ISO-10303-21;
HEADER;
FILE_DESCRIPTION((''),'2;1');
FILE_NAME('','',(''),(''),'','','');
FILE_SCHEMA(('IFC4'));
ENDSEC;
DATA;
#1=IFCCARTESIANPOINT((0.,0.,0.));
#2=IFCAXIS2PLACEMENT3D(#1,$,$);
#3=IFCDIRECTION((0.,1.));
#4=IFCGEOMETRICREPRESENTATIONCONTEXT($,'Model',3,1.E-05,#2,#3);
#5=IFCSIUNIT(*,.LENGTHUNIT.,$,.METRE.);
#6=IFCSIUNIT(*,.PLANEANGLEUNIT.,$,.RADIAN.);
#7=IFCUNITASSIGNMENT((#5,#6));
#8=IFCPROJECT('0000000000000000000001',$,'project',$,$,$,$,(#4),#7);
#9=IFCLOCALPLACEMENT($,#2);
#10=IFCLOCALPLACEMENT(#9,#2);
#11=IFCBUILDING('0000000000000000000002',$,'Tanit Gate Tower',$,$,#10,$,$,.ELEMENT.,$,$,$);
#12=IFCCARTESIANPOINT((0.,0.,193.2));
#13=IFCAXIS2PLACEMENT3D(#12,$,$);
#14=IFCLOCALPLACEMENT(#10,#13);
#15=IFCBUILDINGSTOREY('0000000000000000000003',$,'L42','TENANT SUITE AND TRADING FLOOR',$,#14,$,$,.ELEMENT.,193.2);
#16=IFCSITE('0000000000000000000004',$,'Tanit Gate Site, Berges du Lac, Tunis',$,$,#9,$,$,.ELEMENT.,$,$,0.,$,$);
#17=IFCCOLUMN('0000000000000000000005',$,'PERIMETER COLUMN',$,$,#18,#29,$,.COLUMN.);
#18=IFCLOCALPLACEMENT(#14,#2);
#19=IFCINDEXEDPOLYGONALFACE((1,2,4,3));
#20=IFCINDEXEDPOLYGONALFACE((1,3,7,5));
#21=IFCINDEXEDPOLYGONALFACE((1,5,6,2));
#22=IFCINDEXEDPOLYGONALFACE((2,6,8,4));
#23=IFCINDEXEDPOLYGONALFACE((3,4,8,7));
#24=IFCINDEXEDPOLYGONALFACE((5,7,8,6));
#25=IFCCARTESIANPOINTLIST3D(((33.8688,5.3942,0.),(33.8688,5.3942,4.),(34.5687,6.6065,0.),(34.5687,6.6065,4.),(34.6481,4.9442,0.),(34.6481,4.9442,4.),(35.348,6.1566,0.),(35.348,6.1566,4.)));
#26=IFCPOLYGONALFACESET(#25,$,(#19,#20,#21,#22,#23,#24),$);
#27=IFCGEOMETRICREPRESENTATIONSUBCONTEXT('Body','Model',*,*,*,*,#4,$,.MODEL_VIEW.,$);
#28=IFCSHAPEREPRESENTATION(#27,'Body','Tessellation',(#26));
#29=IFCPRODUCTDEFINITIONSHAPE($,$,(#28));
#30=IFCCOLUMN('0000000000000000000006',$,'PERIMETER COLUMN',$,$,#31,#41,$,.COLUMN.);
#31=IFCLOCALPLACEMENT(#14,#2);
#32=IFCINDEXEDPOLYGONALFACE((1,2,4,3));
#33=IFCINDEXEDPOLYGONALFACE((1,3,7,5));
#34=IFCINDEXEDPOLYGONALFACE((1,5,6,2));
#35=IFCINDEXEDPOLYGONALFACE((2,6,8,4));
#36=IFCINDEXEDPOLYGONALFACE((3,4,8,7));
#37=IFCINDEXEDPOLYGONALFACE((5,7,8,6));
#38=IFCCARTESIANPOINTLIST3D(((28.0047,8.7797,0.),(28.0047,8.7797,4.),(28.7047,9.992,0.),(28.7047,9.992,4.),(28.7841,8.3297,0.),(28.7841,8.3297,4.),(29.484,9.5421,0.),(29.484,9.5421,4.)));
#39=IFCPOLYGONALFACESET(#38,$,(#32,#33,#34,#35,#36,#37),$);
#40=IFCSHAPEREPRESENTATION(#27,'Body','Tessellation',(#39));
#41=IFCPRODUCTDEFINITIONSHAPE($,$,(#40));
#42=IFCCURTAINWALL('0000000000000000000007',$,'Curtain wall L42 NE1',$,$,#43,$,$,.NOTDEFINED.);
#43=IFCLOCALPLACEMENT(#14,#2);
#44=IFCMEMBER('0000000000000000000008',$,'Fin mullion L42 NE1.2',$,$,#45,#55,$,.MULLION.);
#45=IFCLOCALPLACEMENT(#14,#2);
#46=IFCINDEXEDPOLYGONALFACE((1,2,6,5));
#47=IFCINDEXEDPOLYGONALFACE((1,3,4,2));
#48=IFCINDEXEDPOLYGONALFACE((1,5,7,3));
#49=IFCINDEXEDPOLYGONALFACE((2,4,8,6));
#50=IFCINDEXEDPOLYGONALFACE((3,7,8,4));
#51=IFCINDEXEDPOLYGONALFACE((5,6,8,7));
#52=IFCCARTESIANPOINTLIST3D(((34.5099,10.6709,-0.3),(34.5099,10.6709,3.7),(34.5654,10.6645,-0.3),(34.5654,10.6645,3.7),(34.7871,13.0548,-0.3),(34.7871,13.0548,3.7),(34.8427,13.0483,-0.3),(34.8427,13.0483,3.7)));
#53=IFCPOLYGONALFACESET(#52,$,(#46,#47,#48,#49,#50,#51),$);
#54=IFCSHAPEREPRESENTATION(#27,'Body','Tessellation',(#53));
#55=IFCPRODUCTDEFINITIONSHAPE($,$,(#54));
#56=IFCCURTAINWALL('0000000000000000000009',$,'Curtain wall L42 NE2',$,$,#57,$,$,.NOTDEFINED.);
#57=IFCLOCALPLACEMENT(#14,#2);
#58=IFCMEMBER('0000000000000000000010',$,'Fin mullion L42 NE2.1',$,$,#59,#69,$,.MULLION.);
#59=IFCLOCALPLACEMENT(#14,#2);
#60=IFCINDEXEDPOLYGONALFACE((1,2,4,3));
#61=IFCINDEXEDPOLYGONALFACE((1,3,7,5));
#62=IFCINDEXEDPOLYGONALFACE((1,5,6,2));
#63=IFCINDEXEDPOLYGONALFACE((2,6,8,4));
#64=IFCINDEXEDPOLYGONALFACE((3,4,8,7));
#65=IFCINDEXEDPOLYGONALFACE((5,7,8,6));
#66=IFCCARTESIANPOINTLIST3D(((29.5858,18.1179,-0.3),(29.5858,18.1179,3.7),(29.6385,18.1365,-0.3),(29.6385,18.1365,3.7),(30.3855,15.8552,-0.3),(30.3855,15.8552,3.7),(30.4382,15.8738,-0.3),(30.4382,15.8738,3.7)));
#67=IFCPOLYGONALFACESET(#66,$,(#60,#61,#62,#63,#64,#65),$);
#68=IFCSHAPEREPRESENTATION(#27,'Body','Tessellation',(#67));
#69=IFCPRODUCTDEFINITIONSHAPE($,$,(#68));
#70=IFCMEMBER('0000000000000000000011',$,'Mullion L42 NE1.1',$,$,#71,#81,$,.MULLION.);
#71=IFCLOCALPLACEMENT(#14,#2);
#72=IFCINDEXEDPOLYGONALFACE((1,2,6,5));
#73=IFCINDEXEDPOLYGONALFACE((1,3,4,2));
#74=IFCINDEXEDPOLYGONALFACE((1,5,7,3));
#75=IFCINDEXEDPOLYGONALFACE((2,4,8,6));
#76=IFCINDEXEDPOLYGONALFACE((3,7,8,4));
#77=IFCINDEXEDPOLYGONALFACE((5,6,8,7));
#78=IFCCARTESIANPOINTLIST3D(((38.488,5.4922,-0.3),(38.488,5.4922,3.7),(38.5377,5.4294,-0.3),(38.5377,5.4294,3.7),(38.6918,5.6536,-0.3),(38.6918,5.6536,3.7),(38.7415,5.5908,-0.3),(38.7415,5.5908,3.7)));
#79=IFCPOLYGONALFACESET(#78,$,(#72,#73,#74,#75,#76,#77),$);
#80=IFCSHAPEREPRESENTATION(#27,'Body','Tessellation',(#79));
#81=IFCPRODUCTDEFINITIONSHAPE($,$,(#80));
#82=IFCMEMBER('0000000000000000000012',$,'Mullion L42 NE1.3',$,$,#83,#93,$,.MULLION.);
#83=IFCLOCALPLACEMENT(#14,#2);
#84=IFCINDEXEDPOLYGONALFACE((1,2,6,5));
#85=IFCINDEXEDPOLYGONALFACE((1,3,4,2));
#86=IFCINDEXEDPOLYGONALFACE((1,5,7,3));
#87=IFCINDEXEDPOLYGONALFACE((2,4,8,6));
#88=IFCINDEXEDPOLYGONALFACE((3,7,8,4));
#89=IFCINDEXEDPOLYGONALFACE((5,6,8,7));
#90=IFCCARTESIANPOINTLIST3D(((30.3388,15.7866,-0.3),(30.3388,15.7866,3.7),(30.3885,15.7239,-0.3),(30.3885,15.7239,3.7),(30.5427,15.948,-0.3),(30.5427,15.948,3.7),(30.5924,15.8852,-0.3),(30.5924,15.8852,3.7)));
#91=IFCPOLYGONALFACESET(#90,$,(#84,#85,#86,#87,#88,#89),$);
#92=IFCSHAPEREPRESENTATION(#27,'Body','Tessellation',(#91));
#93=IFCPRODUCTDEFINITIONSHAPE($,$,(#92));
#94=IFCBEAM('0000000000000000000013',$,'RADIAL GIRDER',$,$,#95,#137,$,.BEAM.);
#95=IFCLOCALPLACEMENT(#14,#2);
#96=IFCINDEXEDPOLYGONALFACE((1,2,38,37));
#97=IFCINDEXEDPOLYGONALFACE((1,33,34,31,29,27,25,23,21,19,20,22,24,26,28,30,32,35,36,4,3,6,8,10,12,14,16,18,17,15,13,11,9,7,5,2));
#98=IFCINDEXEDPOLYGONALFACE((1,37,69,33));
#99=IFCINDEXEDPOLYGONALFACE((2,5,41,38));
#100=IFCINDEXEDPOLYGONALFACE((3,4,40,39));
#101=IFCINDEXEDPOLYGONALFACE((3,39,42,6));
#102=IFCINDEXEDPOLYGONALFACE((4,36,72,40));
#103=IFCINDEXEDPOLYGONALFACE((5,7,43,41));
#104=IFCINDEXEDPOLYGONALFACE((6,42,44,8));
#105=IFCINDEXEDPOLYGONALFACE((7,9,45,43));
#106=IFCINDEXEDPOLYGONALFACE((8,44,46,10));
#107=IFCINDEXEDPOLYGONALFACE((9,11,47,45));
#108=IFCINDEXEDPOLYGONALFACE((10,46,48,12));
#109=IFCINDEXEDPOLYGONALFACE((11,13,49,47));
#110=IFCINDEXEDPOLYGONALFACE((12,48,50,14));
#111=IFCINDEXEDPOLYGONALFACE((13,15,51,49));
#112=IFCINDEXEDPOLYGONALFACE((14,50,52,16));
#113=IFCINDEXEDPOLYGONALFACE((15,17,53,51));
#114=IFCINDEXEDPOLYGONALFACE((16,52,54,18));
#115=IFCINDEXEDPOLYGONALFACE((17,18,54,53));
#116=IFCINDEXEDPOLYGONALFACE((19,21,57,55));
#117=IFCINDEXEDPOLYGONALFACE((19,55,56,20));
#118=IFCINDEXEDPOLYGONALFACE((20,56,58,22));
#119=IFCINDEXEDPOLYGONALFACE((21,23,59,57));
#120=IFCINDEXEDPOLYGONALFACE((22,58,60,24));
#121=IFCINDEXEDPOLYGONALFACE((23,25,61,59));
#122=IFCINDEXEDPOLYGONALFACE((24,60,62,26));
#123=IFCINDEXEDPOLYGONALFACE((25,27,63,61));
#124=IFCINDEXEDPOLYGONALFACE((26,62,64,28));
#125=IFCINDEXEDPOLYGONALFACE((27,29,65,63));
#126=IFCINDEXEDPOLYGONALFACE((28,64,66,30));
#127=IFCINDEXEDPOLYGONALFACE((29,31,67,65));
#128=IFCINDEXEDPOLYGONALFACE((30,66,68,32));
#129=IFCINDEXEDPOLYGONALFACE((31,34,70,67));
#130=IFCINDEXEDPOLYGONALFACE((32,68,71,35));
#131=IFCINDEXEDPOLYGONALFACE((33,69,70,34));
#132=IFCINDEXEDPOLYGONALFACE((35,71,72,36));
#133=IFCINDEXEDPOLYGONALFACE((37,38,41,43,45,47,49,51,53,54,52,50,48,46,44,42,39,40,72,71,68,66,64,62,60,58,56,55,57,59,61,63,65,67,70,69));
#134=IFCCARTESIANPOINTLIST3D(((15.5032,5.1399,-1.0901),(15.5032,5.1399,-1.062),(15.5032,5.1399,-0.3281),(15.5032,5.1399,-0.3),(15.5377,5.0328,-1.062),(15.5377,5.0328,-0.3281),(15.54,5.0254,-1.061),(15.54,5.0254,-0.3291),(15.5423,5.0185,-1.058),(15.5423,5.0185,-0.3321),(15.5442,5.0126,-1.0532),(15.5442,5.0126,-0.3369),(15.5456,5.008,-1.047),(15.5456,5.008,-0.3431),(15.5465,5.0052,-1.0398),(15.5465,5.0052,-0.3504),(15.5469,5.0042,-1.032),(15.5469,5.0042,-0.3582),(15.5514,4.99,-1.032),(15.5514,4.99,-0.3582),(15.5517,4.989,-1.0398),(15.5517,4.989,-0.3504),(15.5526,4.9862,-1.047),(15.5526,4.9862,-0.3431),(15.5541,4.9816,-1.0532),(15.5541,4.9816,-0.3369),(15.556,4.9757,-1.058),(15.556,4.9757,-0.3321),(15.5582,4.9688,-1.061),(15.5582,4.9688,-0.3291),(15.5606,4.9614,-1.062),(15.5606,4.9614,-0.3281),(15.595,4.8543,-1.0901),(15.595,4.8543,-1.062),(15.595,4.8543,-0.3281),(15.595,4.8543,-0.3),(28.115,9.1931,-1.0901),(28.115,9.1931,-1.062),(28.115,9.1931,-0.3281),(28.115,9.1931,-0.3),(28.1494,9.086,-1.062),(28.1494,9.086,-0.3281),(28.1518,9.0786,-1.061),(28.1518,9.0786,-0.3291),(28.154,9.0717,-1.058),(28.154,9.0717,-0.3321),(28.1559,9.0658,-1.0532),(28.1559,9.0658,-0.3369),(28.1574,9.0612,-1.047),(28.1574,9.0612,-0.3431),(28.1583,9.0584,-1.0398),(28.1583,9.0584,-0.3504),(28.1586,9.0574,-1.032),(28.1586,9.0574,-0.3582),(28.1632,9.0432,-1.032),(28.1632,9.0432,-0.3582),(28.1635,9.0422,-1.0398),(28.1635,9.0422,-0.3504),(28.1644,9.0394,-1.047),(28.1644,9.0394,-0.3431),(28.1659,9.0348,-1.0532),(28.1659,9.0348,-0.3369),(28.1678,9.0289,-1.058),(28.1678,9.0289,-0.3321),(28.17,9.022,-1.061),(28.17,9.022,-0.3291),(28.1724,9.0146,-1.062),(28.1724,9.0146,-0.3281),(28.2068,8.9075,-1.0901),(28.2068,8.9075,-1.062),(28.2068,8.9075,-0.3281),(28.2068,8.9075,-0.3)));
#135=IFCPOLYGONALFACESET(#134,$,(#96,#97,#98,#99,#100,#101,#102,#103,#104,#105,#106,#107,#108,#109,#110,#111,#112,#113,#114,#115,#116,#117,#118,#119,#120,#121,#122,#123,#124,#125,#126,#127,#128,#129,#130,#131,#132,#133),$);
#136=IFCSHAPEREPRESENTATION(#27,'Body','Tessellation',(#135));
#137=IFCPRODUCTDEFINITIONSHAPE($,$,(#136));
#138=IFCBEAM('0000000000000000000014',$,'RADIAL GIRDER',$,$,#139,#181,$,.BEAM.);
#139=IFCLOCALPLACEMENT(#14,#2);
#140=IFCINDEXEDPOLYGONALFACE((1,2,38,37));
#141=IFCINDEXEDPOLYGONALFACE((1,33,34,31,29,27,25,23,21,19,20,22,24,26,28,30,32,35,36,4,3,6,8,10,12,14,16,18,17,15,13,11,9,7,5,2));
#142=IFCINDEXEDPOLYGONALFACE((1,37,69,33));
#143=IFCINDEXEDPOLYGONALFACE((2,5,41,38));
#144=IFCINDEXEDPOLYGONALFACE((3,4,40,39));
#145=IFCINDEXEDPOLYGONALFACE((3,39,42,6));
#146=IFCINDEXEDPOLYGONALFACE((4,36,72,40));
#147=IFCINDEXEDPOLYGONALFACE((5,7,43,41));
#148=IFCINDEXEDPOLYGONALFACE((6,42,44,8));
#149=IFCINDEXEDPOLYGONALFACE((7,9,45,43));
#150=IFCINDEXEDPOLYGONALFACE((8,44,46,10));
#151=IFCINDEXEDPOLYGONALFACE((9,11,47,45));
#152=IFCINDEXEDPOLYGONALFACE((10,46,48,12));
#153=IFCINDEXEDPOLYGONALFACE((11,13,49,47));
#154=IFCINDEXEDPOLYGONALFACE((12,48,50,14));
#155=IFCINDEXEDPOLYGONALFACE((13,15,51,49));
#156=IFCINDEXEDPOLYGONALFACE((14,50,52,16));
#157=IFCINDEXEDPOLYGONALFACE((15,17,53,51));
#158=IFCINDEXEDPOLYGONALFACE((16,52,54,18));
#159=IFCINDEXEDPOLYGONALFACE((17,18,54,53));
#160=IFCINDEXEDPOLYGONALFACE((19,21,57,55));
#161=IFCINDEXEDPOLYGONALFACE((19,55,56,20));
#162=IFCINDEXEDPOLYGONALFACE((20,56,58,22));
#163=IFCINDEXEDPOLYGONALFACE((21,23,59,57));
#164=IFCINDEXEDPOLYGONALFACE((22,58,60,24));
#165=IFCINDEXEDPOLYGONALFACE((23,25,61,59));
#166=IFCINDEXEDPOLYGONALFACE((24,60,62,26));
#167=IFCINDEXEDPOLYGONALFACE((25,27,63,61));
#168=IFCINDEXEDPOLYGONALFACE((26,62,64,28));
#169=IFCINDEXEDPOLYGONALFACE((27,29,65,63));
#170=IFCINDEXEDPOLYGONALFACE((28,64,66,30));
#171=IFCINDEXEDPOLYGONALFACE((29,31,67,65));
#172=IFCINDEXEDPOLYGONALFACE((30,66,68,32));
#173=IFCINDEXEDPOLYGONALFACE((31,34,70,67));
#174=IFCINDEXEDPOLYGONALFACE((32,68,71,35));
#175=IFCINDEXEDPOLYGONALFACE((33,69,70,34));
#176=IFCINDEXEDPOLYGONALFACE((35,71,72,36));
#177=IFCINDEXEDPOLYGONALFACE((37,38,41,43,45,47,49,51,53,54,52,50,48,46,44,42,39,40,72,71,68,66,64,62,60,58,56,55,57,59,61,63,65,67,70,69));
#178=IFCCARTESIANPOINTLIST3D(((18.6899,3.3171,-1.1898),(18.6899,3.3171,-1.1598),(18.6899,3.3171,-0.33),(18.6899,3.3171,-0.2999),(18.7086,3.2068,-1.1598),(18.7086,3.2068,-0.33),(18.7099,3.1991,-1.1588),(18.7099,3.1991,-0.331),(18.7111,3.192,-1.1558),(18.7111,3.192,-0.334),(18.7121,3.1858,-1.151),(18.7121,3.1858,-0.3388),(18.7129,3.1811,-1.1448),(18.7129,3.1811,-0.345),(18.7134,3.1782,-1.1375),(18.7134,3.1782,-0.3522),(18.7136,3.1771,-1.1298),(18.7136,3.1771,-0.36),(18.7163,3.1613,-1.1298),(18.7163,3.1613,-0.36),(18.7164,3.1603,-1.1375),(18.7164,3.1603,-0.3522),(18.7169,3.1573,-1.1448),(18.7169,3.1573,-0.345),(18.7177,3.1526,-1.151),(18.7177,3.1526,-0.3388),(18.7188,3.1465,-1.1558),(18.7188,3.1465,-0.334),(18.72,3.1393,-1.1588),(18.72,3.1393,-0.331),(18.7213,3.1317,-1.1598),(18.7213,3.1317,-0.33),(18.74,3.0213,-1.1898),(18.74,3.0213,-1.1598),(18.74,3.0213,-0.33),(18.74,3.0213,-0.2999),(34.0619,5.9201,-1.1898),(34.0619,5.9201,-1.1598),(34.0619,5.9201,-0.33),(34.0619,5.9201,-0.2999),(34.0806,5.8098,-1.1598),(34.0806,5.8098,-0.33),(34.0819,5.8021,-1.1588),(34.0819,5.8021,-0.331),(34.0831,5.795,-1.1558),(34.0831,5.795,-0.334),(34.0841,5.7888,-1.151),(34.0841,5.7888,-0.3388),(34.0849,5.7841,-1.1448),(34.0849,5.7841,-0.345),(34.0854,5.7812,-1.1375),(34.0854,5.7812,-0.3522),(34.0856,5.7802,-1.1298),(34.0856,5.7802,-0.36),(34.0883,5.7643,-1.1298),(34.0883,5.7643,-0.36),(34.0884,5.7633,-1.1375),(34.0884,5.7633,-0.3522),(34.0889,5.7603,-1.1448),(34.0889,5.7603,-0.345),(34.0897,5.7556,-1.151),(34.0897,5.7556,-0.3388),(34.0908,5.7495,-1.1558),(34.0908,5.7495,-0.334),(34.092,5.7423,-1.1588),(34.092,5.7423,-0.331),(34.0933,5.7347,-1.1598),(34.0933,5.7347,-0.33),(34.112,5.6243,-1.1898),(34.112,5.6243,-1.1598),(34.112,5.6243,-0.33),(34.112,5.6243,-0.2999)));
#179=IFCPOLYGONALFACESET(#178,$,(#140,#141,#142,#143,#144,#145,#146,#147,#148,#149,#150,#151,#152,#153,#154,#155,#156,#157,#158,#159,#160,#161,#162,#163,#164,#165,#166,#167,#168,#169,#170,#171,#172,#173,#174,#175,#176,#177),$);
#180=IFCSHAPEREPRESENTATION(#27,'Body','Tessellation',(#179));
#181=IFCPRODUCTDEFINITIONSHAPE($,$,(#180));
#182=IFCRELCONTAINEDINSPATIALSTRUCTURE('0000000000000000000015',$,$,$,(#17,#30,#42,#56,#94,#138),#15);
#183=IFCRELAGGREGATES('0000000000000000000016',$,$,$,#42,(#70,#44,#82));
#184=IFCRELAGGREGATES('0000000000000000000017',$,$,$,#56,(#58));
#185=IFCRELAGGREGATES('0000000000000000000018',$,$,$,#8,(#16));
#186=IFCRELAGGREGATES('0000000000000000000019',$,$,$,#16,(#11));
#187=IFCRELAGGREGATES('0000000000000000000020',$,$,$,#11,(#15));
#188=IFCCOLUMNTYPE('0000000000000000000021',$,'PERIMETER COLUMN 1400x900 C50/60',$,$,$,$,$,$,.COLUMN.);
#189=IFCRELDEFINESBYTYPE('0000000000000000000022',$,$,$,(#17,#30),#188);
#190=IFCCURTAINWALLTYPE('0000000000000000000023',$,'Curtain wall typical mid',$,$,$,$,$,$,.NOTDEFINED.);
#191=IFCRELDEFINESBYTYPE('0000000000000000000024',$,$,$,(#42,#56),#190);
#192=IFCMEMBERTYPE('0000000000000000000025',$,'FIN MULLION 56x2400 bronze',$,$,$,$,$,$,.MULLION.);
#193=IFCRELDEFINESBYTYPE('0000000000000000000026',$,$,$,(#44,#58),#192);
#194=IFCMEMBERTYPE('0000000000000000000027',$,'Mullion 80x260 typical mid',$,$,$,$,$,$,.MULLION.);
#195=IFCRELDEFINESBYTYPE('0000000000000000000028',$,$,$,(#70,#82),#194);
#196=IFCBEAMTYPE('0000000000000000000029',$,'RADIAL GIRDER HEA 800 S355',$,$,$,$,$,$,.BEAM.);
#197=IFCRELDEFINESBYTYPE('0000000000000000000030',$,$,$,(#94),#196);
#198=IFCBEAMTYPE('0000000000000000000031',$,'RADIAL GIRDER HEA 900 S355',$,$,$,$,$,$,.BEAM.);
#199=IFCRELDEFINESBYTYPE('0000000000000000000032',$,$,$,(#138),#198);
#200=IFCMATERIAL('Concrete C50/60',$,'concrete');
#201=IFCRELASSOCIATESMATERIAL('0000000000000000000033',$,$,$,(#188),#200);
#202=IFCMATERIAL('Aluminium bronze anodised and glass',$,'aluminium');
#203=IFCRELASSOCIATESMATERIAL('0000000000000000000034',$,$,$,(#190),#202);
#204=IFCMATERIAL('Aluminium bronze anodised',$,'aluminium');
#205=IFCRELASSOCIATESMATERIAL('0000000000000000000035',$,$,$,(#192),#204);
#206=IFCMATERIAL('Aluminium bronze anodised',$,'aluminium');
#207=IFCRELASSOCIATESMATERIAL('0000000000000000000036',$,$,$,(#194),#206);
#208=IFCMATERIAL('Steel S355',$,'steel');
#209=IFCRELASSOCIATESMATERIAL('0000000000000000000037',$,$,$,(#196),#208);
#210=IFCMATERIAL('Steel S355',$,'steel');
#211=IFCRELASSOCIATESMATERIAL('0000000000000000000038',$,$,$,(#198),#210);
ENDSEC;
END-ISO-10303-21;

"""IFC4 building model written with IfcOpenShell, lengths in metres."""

from ifc_helpers import new_model, si_unit, direction, frame, origin, origin_2d, place, context, subcontext, project, spatial, rectangle, i_section, extrude, material, material_profile, profile_set, type_object, element, aggregate, save


model = new_model("IFC4")

# Units and contexts
model_context = context("Model", 3, precision=1e-05, world=origin(), true_north=direction((0.0, 1.0)))
body_context = subcontext(model_context, "Body", "Model", "MODEL_VIEW")
ifc_project = project(units=[si_unit("LENGTHUNIT", "METRE"), si_unit("PLANEANGLEUNIT", "RADIAN")], contexts=[model_context])

# Site, building, storey
site_placement = place(None, origin())
site = spatial("IfcSite", under=ifc_project, at=site_placement, Name="Tanit Gate Site, Berges du Lac, Tunis", CompositionType="ELEMENT", RefElevation=0.0)
building_placement = place(site_placement, origin())
building = spatial("IfcBuilding", under=site, at=building_placement, Name="Tanit Gate Tower", CompositionType="ELEMENT")
storey_placement = place(building_placement, frame((0.0, 0.0, 193.2)))
storey = spatial("IfcBuildingStorey", under=building, at=storey_placement, Name="L42", Description="TENANT SUITE AND TRADING FLOOR", CompositionType="ELEMENT", Elevation=193.2)

# Columns
ifc_material_1 = material(Name="Concrete C50/60", Category="concrete")
ifc_material_profile_1 = material_profile(ifc_material_1, rectangle(XDim=1.3999, YDim=0.8999, at=origin_2d()), Name="RC 1400x900")
ifc_profile_set_1 = profile_set([ifc_material_profile_1], Name="Concrete C50/60")
column_type = type_object("IfcColumnType", Name="PERIMETER COLUMN 1400x900 C50/60", PredefinedType="COLUMN", material=ifc_profile_set_1)
for number, where, z_axis, x_axis, name in (
    (1, (34.6084, 5.7754, 0.0), (0.0, 0.0, 1.0), (0.5, 0.866025, 0.0), "PERIMETER COLUMN"),
    (2, (28.7444, 9.1609, 0.0), (0.0, 0.0, 1.0), (0.5, 0.866025, 0.0), "PERIMETER COLUMN"),
):
    element("IfcColumn", number, at=place(storey_placement, frame(where, z_axis=z_axis, x_axis=x_axis)), inside=storey, type_object=column_type, Name=name, PredefinedType="COLUMN", context=body_context, shape_type="SweptSolid", body=[
        extrude(rectangle(XDim=1.3999, YDim=0.8999, at=origin_2d()), origin(), (0.0, 0.0, 1.0), 4.0),
    ])

# Curtain walls, members
ifc_material_2 = material(Name="Aluminium bronze anodised and glass", Category="aluminium")
curtain_wall_type = type_object("IfcCurtainWallType", Name="Curtain wall typical mid", PredefinedType="NOTDEFINED", material=ifc_material_2)
curtain_wall_1_placement = place(storey_placement, origin())
curtain_wall_1 = element("IfcCurtainWall", 3, at=curtain_wall_1_placement, inside=storey, type_object=curtain_wall_type, Name="Curtain wall L42 NE1", PredefinedType="NOTDEFINED")
ifc_material_3 = material(Name="Aluminium bronze anodised", Category="aluminium")
ifc_material_profile_2 = material_profile(ifc_material_3, rectangle(XDim=2.3999, YDim=0.0559, at=origin_2d()), Name="56x2400 bronze fin mullion")
ifc_profile_set_2 = profile_set([ifc_material_profile_2], Name="Aluminium bronze anodised")
member_type_1 = type_object("IfcMemberType", Name="FIN MULLION 56x2400 bronze", PredefinedType="MULLION", material=ifc_profile_set_2)
member_1_placement = place(storey_placement, frame((34.6763, 11.8596, -0.3), z_axis=(0.0, 0.0, 1.0), x_axis=(-0.115537, -0.993303, 0.0)))
member_1 = element("IfcMember", 4, at=member_1_placement, type_object=member_type_1, Name="Fin mullion L42 NE1.2", PredefinedType="MULLION", context=body_context, shape_type="SweptSolid", body=[
    extrude(rectangle(XDim=2.3999, YDim=0.0559, at=origin_2d()), origin(), (0.0, 0.0, 1.0), 4.0),
])
curtain_wall_2_placement = place(storey_placement, origin())
curtain_wall_2 = element("IfcCurtainWall", 5, at=curtain_wall_2_placement, inside=storey, type_object=curtain_wall_type, Name="Curtain wall L42 NE2", PredefinedType="NOTDEFINED")
member_2_placement = place(storey_placement, frame((30.012, 16.9958, -0.3), z_axis=(0.0, 0.0, 1.0), x_axis=(0.33322, -0.942849, 0.0)))
member_2 = element("IfcMember", 6, at=member_2_placement, type_object=member_type_1, Name="Fin mullion L42 NE2.1", PredefinedType="MULLION", context=body_context, shape_type="SweptSolid", body=[
    extrude(rectangle(XDim=2.3999, YDim=0.0559, at=origin_2d()), origin(), (0.0, 0.0, 1.0), 4.0),
])

# Members
ifc_material_4 = material(Name="Aluminium bronze anodised", Category="aluminium")
ifc_material_profile_3 = material_profile(ifc_material_4, rectangle(XDim=0.26, YDim=0.0801, at=origin_2d()), Name="80x260 bronze mullion")
ifc_profile_set_3 = profile_set([ifc_material_profile_3], Name="Aluminium bronze anodised")
member_type_2 = type_object("IfcMemberType", Name="Mullion 80x260 typical mid", PredefinedType="MULLION", material=ifc_profile_set_3)
member_3_placement = place(storey_placement, frame((38.6147, 5.5415, -0.3), z_axis=(0.0, 0.0, 1.0), x_axis=(-0.784068, -0.620675, 0.0)))
member_3 = element("IfcMember", 7, at=member_3_placement, type_object=member_type_2, Name="Mullion L42 NE1.1", PredefinedType="MULLION", context=body_context, shape_type="SweptSolid", body=[
    extrude(rectangle(XDim=0.26, YDim=0.0801, at=origin_2d()), origin(), (0.0, 0.0, 1.0), 4.0),
])
member_4_placement = place(storey_placement, frame((30.4656, 15.8359, -0.3), z_axis=(0.0, 0.0, 1.0), x_axis=(-0.784068, -0.620675, 0.0)))
member_4 = element("IfcMember", 8, at=member_4_placement, type_object=member_type_2, Name="Mullion L42 NE1.3", PredefinedType="MULLION", context=body_context, shape_type="SweptSolid", body=[
    extrude(rectangle(XDim=0.26, YDim=0.0801, at=origin_2d()), origin(), (0.0, 0.0, 1.0), 4.0),
])

# Beams
ifc_material_5 = material(Name="Steel S355", Category="steel")
ifc_material_profile_4 = material_profile(ifc_material_5, i_section(OverallWidth=0.3, OverallDepth=0.79, WebThickness=0.0149, FlangeThickness=0.0281, FilletRadius=0.03, at=origin_2d()), Name="HEA 800")
ifc_profile_set_4 = profile_set([ifc_material_profile_4], Name="Steel S355")
beam_type_1 = type_object("IfcBeamType", Name="RADIAL GIRDER HEA 800 S355", PredefinedType="BEAM", material=ifc_profile_set_4)
beam_1_placement = place(storey_placement, frame((28.1609, 9.0503, -0.6951), z_axis=(-0.952041, -0.30597, 0.0), x_axis=(0.30597, -0.952041, 0.0)))
element("IfcBeam", 9, at=beam_1_placement, inside=storey, type_object=beam_type_1, Name="RADIAL GIRDER", PredefinedType="BEAM", context=body_context, shape_type="SweptSolid", body=[
    extrude(i_section(OverallWidth=0.3, OverallDepth=0.79, WebThickness=0.0149, FlangeThickness=0.0281, FilletRadius=0.03, at=origin_2d()), origin(), (0.0, 0.0, 1.0), 13.2471),
])
ifc_material_6 = material(Name="Steel S355", Category="steel")
ifc_material_profile_5 = material_profile(ifc_material_6, i_section(OverallWidth=0.3, OverallDepth=0.8899, WebThickness=0.0161, FlangeThickness=0.03, FilletRadius=0.03, at=origin_2d()), Name="HEA 900")
ifc_profile_set_5 = profile_set([ifc_material_profile_5], Name="Steel S355")
beam_type_2 = type_object("IfcBeamType", Name="RADIAL GIRDER HEA 900 S355", PredefinedType="BEAM", material=ifc_profile_set_5)
beam_2_placement = place(storey_placement, frame((34.0869, 5.7722, -0.7449), z_axis=(-0.985964, -0.166958, 0.0), x_axis=(0.166958, -0.985964, 0.0)))
element("IfcBeam", 10, at=beam_2_placement, inside=storey, type_object=beam_type_2, Name="RADIAL GIRDER", PredefinedType="BEAM", context=body_context, shape_type="SweptSolid", body=[
    extrude(i_section(OverallWidth=0.3, OverallDepth=0.8899, WebThickness=0.0161, FlangeThickness=0.03, FilletRadius=0.03, at=origin_2d()), origin(), (0.0, 0.0, 1.0), 15.5908),
])

aggregate(curtain_wall_1, [member_3, member_1, member_4])
aggregate(curtain_wall_2, [member_2])

save(model, "model.ifc")
